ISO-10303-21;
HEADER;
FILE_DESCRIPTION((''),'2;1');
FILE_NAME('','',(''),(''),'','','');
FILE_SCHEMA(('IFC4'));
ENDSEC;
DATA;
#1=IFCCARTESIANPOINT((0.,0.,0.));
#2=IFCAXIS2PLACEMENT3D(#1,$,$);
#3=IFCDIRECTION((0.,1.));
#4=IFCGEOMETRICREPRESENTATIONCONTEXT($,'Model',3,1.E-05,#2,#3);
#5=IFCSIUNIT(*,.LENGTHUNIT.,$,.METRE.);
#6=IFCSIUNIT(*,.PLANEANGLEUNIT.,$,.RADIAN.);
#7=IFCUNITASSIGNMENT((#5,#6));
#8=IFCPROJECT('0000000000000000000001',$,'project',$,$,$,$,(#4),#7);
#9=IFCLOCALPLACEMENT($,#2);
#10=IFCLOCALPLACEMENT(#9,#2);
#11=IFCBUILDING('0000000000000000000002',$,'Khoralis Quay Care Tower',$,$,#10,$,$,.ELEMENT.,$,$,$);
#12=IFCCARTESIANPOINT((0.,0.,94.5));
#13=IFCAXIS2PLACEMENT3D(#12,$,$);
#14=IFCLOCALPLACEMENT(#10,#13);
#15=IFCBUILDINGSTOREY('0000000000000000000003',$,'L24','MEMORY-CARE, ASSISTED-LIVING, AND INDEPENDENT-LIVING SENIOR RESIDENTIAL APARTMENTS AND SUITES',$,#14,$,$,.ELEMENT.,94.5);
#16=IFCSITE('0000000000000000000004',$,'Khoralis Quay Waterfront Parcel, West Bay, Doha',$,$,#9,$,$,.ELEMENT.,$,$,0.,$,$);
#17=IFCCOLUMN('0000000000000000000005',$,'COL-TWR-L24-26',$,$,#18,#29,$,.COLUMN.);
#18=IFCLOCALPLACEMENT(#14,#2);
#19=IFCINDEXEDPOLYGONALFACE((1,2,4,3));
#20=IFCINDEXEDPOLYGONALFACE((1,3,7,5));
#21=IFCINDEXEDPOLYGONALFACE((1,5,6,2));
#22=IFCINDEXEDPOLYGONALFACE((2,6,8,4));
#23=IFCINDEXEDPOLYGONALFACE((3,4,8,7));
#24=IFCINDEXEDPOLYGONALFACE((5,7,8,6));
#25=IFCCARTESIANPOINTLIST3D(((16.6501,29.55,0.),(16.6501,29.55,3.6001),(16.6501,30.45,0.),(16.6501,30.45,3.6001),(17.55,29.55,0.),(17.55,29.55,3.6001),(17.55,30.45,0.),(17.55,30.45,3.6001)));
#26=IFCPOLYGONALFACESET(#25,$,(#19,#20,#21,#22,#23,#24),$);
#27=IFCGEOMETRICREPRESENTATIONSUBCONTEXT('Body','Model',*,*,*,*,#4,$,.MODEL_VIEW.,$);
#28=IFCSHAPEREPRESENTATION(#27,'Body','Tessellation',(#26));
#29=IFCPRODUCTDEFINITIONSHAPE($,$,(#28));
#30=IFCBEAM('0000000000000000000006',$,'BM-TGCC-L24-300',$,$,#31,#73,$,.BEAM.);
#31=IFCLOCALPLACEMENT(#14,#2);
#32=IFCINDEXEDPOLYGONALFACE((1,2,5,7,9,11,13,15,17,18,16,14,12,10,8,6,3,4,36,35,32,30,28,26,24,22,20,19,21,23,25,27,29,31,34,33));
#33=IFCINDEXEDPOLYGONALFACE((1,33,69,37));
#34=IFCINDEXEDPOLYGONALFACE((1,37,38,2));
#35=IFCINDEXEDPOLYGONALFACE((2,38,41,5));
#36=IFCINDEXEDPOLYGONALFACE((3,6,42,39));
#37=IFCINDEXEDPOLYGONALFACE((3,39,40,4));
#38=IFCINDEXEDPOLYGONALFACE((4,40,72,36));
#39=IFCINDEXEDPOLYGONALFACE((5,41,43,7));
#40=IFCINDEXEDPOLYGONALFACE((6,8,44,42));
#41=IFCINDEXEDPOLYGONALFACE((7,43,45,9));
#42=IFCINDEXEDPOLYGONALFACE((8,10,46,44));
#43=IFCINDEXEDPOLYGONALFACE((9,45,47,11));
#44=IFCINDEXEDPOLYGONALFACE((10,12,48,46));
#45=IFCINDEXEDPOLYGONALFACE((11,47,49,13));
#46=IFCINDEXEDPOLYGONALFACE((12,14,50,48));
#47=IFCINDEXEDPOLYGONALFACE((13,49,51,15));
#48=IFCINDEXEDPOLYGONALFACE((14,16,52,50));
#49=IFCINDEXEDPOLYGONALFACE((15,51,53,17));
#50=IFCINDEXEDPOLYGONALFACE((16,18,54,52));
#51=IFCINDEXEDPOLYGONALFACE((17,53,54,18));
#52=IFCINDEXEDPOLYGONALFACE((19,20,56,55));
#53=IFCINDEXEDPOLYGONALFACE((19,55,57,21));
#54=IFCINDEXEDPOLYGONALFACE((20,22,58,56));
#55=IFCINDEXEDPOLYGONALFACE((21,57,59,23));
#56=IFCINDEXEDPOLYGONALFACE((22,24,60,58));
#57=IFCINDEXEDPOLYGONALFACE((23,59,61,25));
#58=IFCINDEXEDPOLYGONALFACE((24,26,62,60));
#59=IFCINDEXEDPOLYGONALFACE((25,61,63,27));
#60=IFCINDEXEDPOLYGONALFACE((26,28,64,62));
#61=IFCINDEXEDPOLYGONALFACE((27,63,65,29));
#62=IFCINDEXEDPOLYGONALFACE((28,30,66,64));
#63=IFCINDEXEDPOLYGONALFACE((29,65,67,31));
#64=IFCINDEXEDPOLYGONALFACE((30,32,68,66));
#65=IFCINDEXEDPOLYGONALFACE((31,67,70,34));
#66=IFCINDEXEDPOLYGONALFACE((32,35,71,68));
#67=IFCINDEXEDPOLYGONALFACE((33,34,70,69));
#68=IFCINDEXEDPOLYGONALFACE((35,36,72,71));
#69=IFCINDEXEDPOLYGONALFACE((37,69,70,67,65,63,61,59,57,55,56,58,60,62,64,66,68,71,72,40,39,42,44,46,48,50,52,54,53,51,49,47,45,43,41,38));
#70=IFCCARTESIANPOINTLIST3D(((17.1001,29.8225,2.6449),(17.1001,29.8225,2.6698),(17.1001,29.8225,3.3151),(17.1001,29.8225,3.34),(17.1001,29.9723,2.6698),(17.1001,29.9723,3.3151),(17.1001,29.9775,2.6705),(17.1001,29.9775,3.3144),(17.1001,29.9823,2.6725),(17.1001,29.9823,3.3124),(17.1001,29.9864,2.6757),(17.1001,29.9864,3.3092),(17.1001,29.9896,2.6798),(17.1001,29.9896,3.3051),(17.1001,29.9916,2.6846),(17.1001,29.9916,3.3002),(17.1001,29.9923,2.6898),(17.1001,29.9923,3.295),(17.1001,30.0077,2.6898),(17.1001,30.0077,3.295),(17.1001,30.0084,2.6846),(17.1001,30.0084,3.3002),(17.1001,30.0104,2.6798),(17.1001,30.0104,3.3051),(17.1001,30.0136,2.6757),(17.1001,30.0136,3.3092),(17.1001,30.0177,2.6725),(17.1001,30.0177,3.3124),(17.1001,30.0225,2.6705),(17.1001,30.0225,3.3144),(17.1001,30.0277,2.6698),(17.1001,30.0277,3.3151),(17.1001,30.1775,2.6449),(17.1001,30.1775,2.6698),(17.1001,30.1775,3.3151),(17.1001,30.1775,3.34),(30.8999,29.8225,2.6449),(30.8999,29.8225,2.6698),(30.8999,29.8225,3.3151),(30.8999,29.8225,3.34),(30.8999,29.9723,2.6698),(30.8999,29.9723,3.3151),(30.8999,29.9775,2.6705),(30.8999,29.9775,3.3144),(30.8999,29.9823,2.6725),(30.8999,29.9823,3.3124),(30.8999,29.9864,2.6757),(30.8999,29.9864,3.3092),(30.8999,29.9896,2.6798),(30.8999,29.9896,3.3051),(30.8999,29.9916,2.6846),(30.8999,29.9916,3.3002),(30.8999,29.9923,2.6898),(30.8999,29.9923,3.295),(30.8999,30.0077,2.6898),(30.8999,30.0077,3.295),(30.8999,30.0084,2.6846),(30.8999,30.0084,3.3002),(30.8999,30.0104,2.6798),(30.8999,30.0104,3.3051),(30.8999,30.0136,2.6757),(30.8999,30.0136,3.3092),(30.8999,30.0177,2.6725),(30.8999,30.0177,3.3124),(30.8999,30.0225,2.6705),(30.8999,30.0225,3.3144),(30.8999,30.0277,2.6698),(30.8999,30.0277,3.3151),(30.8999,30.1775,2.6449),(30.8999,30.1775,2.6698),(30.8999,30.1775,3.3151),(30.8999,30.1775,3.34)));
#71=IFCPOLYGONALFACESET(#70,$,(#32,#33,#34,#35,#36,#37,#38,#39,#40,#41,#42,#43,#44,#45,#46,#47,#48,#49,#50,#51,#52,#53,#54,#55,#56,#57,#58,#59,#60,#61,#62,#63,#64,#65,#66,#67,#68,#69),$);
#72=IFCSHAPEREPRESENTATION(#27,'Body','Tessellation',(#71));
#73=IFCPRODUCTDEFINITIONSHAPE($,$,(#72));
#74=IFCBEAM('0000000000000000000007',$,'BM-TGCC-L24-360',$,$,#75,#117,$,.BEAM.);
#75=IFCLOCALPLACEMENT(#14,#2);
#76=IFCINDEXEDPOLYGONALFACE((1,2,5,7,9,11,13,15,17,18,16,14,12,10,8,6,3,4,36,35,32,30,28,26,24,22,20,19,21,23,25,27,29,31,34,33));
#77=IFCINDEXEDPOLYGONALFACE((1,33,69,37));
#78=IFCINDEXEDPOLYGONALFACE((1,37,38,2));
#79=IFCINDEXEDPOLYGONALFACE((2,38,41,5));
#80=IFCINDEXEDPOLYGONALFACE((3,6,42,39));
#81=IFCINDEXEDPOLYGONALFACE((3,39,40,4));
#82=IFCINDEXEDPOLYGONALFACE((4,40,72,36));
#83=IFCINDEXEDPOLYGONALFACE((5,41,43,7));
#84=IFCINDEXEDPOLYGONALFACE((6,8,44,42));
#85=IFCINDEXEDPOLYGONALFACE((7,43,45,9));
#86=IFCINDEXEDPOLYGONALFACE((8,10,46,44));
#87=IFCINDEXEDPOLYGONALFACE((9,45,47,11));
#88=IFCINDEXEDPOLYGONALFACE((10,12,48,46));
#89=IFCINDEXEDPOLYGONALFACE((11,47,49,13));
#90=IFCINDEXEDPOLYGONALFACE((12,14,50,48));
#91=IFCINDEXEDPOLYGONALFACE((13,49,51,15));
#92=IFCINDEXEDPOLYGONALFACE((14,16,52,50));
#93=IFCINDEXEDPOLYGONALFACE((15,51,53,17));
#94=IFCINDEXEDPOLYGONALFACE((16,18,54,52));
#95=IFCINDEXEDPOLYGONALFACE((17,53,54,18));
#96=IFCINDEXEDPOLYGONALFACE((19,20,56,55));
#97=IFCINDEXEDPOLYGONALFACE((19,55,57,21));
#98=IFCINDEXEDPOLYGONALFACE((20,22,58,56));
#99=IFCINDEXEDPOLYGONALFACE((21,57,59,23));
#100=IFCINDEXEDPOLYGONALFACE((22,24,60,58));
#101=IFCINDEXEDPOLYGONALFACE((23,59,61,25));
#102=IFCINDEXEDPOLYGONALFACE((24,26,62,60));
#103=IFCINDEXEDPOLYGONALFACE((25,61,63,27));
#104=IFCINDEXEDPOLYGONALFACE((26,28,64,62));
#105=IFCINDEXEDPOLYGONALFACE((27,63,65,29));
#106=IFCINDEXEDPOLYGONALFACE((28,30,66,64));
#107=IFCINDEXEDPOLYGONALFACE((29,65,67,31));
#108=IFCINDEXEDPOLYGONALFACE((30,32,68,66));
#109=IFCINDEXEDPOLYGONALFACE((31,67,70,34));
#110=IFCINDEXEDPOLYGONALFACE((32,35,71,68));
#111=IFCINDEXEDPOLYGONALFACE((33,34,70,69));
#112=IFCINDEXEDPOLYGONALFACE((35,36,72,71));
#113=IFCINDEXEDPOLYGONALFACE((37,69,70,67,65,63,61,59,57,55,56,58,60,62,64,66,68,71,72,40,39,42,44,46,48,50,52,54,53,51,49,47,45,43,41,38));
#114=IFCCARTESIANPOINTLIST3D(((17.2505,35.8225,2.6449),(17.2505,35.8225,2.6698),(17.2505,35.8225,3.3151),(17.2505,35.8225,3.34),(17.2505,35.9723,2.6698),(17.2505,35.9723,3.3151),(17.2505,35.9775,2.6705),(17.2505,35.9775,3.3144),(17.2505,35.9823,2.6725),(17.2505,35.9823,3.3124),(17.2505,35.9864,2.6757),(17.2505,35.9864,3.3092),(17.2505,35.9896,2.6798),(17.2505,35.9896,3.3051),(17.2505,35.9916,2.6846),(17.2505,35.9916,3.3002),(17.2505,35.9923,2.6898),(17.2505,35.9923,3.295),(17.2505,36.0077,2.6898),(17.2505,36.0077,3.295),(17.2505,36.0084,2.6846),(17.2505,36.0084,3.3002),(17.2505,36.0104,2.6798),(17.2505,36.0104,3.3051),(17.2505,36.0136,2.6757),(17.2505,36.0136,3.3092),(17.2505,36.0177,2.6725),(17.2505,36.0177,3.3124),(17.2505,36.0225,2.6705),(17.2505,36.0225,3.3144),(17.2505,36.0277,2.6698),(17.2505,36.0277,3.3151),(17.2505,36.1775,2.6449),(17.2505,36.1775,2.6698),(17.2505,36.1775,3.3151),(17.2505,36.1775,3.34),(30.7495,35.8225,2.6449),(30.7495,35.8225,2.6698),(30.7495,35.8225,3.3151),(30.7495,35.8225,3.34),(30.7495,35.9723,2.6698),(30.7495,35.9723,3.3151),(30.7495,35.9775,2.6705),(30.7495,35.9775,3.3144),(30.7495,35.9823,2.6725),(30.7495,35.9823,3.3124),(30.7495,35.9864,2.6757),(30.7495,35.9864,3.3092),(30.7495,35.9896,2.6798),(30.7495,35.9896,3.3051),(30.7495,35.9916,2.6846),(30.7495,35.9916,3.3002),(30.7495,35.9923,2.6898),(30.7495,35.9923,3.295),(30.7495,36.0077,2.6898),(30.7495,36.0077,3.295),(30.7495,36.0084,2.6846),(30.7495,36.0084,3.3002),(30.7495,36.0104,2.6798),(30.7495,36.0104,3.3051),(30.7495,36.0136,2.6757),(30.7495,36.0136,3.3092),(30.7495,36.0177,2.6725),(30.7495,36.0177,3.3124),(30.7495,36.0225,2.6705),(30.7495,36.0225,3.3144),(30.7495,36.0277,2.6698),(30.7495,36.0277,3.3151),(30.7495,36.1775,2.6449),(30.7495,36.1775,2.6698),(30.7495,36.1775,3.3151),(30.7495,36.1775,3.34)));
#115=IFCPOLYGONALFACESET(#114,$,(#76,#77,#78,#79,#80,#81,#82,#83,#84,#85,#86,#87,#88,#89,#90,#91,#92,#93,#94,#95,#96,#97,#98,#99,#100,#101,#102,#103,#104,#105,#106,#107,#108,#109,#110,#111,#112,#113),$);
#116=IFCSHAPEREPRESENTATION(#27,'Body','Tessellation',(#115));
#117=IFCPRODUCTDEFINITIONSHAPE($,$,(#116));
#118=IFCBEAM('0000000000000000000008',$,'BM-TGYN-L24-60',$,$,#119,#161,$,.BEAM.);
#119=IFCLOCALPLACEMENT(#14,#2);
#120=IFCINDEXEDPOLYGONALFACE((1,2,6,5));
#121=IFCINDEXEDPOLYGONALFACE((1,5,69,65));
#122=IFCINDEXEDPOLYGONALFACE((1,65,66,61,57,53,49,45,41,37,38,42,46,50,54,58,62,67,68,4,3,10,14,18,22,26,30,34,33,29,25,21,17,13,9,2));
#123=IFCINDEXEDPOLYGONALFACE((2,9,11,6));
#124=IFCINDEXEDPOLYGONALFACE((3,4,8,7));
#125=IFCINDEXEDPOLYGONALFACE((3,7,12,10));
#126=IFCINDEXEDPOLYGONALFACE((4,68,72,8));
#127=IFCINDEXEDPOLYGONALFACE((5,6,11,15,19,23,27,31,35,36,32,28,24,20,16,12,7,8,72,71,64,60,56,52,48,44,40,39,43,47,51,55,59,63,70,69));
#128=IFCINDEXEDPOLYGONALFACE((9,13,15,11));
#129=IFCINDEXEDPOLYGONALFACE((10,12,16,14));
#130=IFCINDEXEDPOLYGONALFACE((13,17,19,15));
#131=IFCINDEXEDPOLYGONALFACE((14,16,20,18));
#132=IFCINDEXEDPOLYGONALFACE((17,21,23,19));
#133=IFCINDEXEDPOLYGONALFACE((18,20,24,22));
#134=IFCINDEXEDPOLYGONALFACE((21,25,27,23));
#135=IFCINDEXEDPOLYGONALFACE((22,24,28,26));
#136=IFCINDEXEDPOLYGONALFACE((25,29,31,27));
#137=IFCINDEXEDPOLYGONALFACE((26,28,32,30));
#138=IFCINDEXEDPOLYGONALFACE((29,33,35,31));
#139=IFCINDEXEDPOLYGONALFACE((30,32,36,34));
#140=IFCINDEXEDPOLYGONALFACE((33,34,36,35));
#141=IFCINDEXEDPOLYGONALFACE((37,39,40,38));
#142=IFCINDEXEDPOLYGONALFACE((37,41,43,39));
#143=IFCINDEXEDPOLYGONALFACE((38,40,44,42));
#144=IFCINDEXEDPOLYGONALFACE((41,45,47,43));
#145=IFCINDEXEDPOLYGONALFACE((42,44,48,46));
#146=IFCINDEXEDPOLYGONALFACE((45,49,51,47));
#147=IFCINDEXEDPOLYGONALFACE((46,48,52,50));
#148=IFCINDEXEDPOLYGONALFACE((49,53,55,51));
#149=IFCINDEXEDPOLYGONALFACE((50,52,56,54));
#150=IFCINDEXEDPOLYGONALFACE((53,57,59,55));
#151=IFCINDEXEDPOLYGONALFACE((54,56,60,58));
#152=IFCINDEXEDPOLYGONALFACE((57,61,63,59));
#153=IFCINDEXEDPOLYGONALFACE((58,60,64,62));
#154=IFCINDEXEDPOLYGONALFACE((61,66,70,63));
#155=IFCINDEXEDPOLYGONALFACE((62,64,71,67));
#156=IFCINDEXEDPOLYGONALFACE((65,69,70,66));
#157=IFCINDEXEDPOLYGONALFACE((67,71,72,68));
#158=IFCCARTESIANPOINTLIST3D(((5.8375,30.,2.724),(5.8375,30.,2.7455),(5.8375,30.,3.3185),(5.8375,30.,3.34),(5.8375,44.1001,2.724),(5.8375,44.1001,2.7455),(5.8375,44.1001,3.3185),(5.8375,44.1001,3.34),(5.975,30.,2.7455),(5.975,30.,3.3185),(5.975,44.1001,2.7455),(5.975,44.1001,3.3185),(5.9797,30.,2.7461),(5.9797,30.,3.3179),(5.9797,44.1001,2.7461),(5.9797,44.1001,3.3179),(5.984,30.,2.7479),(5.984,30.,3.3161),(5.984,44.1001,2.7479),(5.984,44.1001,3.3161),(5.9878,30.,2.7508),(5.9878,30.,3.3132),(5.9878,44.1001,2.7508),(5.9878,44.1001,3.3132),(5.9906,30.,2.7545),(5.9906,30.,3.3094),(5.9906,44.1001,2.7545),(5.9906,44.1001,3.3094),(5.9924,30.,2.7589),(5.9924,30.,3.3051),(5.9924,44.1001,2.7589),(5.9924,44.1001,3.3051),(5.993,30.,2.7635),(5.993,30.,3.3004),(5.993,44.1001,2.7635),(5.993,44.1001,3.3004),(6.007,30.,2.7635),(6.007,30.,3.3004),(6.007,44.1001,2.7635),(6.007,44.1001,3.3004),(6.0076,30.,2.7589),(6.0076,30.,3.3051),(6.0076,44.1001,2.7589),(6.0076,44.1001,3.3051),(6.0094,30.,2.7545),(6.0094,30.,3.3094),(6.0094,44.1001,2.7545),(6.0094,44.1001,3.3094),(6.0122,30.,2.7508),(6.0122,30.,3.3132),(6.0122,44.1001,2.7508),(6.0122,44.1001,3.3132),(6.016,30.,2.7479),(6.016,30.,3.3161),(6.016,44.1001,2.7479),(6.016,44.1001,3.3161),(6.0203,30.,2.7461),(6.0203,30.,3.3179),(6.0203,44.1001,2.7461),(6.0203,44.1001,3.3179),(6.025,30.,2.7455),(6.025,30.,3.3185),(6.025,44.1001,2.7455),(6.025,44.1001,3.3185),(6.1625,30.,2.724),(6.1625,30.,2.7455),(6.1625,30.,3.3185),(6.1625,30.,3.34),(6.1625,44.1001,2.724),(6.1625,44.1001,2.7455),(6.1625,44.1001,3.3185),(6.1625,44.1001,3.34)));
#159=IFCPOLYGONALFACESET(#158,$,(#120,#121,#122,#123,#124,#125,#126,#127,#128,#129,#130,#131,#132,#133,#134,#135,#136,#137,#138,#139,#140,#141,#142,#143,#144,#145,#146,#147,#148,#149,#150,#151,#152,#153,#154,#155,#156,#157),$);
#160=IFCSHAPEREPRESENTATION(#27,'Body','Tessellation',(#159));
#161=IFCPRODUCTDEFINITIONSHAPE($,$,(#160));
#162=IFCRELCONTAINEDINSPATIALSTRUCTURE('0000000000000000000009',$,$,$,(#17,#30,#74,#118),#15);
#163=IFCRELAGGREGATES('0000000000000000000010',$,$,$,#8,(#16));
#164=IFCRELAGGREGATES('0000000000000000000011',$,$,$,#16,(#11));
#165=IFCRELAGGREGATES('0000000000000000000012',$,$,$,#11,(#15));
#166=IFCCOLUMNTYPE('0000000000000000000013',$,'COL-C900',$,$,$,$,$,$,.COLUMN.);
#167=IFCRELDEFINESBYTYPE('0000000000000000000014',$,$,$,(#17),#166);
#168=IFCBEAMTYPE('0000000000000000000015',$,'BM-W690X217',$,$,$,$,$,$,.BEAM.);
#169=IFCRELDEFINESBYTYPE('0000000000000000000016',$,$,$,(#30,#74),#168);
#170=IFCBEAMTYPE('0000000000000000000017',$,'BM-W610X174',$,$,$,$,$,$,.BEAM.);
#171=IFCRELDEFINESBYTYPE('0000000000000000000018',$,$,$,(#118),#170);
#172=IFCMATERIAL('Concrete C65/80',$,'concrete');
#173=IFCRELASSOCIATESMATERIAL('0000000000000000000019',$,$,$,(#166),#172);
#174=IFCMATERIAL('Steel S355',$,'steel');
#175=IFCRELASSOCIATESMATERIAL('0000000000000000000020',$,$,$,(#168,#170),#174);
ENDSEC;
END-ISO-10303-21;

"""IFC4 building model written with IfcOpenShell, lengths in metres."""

from ifc_helpers import new_model, si_unit, direction, frame, origin, origin_2d, place, context, subcontext, project, spatial, rectangle, i_section, extrude, source, transform, mapped, material, material_profile, profile_set, type_object, element, save


model = new_model("IFC4")

# Units and contexts
model_context = context("Model", 3, precision=1e-05, world=origin(), true_north=direction((0.0, 1.0)))
body_context = subcontext(model_context, "Body", "Model", "MODEL_VIEW")
ifc_project = project(units=[si_unit("LENGTHUNIT", "METRE"), si_unit("PLANEANGLEUNIT", "RADIAN")], contexts=[model_context])

# Site, building, storey
site_placement = place(None, origin())
site = spatial("IfcSite", under=ifc_project, at=site_placement, Name="Khoralis Quay Waterfront Parcel, West Bay, Doha", CompositionType="ELEMENT", RefElevation=0.0)
building_placement = place(site_placement, origin())
building = spatial("IfcBuilding", under=site, at=building_placement, Name="Khoralis Quay Care Tower", CompositionType="ELEMENT")
storey_placement = place(building_placement, frame((0.0, 0.0, 94.5)))
storey = spatial("IfcBuildingStorey", under=building, at=storey_placement, Name="L24", Description="MEMORY-CARE, ASSISTED-LIVING, AND INDEPENDENT-LIVING SENIOR RESIDENTIAL APARTMENTS AND SUITES", CompositionType="ELEMENT", Elevation=94.5)

# Column
ifc_material_1 = material(Name="Concrete C65/80", Category="concrete")
ifc_material_profile_1 = material_profile(ifc_material_1, rectangle(XDim=0.8999, YDim=0.8999, at=origin_2d()), Name="Concrete C65/80")
ifc_profile_set_1 = profile_set([ifc_material_profile_1], Name="Concrete C65/80")
column_type = type_object("IfcColumnType", Name="COL-C900", PredefinedType="COLUMN", material=ifc_profile_set_1)
shared_shape_1 = source(origin(), body_context, "Body", "SweptSolid", [
    extrude(rectangle(XDim=0.8999, YDim=0.8999, at=origin_2d()), origin(), (0.0, 0.0, 1.0), 3.6001),
])
column_placement = place(storey_placement, frame((17.1001, 30.0, 0.0), z_axis=(0.0, 0.0, 1.0), x_axis=(1.0, 0.0, 0.0)))
element("IfcColumn", 1, at=column_placement, inside=storey, type_object=column_type, Name="COL-TWR-L24-26", PredefinedType="COLUMN", context=body_context, shape_type="MappedRepresentation", body=[
    mapped(shared_shape_1, transform((0.0, 0.0, 0.0), scale=1.0)),
])

# Beams
ifc_material_2 = material(Name="Steel S355", Category="steel")
ifc_material_profile_2 = material_profile(ifc_material_2, i_section(OverallWidth=0.355, OverallDepth=0.6951, WebThickness=0.0154, FlangeThickness=0.0249, FilletRadius=0.02, at=origin_2d()), Name="Steel S355")
ifc_profile_set_2 = profile_set([ifc_material_profile_2], Name="Steel S355")
beam_type_1 = type_object("IfcBeamType", Name="BM-W690X217", PredefinedType="BEAM", material=ifc_profile_set_2)
shared_shape_2 = source(origin(), body_context, "Body", "SweptSolid", [
    extrude(i_section(OverallWidth=0.355, OverallDepth=0.6951, WebThickness=0.0154, FlangeThickness=0.0249, FilletRadius=0.02, at=origin_2d()), origin(), (0.0, 0.0, 1.0), 13.7998),
])
beam_1_placement = place(storey_placement, frame((17.1001, 30.0, 2.9924), z_axis=(1.0, 0.0, 0.0), x_axis=(0.0, 1.0, 0.0)))
element("IfcBeam", 2, at=beam_1_placement, inside=storey, type_object=beam_type_1, Name="BM-TGCC-L24-300", PredefinedType="BEAM", context=body_context, shape_type="MappedRepresentation", body=[
    mapped(shared_shape_2, transform((0.0, 0.0, 0.0), scale=1.0)),
])
shared_shape_3 = source(origin(), body_context, "Body", "SweptSolid", [
    extrude(i_section(OverallWidth=0.355, OverallDepth=0.6951, WebThickness=0.0154, FlangeThickness=0.0249, FilletRadius=0.02, at=origin_2d()), origin(), (0.0, 0.0, 1.0), 13.499),
])
beam_2_placement = place(storey_placement, frame((17.2505, 36.0, 2.9924), z_axis=(1.0, 0.0, 0.0), x_axis=(0.0, 1.0, 0.0)))
element("IfcBeam", 3, at=beam_2_placement, inside=storey, type_object=beam_type_1, Name="BM-TGCC-L24-360", PredefinedType="BEAM", context=body_context, shape_type="MappedRepresentation", body=[
    mapped(shared_shape_3, transform((0.0, 0.0, 0.0), scale=1.0)),
])
ifc_material_profile_3 = material_profile(ifc_material_2, i_section(OverallWidth=0.325, OverallDepth=0.616, WebThickness=0.0139, FlangeThickness=0.0215, FilletRadius=0.0181, at=origin_2d()), Name="Steel S355")
ifc_profile_set_3 = profile_set([ifc_material_profile_3], Name="Steel S355")
beam_type_2 = type_object("IfcBeamType", Name="BM-W610X174", PredefinedType="BEAM", material=ifc_profile_set_3)
shared_shape_4 = source(origin(), body_context, "Body", "SweptSolid", [
    extrude(i_section(OverallWidth=0.325, OverallDepth=0.616, WebThickness=0.0139, FlangeThickness=0.0215, FilletRadius=0.0181, at=origin_2d()), origin(), (0.0, 0.0, 1.0), 14.1001),
])
for number, where, z_axis, x_axis, name in (
    (4, (6.0, 30.0, 3.032), (0.0, 1.0, 0.0), (-1.0, 0.0, 0.0), "BM-TGYN-L24-60"),
):
    element("IfcBeam", number, at=place(storey_placement, frame(where, z_axis=z_axis, x_axis=x_axis)), inside=storey, type_object=beam_type_2, Name=name, PredefinedType="BEAM", context=body_context, shape_type="MappedRepresentation", body=[
        mapped(shared_shape_4, transform((0.0, 0.0, 0.0), scale=1.0)),
    ])

save(model, "model.ifc")
